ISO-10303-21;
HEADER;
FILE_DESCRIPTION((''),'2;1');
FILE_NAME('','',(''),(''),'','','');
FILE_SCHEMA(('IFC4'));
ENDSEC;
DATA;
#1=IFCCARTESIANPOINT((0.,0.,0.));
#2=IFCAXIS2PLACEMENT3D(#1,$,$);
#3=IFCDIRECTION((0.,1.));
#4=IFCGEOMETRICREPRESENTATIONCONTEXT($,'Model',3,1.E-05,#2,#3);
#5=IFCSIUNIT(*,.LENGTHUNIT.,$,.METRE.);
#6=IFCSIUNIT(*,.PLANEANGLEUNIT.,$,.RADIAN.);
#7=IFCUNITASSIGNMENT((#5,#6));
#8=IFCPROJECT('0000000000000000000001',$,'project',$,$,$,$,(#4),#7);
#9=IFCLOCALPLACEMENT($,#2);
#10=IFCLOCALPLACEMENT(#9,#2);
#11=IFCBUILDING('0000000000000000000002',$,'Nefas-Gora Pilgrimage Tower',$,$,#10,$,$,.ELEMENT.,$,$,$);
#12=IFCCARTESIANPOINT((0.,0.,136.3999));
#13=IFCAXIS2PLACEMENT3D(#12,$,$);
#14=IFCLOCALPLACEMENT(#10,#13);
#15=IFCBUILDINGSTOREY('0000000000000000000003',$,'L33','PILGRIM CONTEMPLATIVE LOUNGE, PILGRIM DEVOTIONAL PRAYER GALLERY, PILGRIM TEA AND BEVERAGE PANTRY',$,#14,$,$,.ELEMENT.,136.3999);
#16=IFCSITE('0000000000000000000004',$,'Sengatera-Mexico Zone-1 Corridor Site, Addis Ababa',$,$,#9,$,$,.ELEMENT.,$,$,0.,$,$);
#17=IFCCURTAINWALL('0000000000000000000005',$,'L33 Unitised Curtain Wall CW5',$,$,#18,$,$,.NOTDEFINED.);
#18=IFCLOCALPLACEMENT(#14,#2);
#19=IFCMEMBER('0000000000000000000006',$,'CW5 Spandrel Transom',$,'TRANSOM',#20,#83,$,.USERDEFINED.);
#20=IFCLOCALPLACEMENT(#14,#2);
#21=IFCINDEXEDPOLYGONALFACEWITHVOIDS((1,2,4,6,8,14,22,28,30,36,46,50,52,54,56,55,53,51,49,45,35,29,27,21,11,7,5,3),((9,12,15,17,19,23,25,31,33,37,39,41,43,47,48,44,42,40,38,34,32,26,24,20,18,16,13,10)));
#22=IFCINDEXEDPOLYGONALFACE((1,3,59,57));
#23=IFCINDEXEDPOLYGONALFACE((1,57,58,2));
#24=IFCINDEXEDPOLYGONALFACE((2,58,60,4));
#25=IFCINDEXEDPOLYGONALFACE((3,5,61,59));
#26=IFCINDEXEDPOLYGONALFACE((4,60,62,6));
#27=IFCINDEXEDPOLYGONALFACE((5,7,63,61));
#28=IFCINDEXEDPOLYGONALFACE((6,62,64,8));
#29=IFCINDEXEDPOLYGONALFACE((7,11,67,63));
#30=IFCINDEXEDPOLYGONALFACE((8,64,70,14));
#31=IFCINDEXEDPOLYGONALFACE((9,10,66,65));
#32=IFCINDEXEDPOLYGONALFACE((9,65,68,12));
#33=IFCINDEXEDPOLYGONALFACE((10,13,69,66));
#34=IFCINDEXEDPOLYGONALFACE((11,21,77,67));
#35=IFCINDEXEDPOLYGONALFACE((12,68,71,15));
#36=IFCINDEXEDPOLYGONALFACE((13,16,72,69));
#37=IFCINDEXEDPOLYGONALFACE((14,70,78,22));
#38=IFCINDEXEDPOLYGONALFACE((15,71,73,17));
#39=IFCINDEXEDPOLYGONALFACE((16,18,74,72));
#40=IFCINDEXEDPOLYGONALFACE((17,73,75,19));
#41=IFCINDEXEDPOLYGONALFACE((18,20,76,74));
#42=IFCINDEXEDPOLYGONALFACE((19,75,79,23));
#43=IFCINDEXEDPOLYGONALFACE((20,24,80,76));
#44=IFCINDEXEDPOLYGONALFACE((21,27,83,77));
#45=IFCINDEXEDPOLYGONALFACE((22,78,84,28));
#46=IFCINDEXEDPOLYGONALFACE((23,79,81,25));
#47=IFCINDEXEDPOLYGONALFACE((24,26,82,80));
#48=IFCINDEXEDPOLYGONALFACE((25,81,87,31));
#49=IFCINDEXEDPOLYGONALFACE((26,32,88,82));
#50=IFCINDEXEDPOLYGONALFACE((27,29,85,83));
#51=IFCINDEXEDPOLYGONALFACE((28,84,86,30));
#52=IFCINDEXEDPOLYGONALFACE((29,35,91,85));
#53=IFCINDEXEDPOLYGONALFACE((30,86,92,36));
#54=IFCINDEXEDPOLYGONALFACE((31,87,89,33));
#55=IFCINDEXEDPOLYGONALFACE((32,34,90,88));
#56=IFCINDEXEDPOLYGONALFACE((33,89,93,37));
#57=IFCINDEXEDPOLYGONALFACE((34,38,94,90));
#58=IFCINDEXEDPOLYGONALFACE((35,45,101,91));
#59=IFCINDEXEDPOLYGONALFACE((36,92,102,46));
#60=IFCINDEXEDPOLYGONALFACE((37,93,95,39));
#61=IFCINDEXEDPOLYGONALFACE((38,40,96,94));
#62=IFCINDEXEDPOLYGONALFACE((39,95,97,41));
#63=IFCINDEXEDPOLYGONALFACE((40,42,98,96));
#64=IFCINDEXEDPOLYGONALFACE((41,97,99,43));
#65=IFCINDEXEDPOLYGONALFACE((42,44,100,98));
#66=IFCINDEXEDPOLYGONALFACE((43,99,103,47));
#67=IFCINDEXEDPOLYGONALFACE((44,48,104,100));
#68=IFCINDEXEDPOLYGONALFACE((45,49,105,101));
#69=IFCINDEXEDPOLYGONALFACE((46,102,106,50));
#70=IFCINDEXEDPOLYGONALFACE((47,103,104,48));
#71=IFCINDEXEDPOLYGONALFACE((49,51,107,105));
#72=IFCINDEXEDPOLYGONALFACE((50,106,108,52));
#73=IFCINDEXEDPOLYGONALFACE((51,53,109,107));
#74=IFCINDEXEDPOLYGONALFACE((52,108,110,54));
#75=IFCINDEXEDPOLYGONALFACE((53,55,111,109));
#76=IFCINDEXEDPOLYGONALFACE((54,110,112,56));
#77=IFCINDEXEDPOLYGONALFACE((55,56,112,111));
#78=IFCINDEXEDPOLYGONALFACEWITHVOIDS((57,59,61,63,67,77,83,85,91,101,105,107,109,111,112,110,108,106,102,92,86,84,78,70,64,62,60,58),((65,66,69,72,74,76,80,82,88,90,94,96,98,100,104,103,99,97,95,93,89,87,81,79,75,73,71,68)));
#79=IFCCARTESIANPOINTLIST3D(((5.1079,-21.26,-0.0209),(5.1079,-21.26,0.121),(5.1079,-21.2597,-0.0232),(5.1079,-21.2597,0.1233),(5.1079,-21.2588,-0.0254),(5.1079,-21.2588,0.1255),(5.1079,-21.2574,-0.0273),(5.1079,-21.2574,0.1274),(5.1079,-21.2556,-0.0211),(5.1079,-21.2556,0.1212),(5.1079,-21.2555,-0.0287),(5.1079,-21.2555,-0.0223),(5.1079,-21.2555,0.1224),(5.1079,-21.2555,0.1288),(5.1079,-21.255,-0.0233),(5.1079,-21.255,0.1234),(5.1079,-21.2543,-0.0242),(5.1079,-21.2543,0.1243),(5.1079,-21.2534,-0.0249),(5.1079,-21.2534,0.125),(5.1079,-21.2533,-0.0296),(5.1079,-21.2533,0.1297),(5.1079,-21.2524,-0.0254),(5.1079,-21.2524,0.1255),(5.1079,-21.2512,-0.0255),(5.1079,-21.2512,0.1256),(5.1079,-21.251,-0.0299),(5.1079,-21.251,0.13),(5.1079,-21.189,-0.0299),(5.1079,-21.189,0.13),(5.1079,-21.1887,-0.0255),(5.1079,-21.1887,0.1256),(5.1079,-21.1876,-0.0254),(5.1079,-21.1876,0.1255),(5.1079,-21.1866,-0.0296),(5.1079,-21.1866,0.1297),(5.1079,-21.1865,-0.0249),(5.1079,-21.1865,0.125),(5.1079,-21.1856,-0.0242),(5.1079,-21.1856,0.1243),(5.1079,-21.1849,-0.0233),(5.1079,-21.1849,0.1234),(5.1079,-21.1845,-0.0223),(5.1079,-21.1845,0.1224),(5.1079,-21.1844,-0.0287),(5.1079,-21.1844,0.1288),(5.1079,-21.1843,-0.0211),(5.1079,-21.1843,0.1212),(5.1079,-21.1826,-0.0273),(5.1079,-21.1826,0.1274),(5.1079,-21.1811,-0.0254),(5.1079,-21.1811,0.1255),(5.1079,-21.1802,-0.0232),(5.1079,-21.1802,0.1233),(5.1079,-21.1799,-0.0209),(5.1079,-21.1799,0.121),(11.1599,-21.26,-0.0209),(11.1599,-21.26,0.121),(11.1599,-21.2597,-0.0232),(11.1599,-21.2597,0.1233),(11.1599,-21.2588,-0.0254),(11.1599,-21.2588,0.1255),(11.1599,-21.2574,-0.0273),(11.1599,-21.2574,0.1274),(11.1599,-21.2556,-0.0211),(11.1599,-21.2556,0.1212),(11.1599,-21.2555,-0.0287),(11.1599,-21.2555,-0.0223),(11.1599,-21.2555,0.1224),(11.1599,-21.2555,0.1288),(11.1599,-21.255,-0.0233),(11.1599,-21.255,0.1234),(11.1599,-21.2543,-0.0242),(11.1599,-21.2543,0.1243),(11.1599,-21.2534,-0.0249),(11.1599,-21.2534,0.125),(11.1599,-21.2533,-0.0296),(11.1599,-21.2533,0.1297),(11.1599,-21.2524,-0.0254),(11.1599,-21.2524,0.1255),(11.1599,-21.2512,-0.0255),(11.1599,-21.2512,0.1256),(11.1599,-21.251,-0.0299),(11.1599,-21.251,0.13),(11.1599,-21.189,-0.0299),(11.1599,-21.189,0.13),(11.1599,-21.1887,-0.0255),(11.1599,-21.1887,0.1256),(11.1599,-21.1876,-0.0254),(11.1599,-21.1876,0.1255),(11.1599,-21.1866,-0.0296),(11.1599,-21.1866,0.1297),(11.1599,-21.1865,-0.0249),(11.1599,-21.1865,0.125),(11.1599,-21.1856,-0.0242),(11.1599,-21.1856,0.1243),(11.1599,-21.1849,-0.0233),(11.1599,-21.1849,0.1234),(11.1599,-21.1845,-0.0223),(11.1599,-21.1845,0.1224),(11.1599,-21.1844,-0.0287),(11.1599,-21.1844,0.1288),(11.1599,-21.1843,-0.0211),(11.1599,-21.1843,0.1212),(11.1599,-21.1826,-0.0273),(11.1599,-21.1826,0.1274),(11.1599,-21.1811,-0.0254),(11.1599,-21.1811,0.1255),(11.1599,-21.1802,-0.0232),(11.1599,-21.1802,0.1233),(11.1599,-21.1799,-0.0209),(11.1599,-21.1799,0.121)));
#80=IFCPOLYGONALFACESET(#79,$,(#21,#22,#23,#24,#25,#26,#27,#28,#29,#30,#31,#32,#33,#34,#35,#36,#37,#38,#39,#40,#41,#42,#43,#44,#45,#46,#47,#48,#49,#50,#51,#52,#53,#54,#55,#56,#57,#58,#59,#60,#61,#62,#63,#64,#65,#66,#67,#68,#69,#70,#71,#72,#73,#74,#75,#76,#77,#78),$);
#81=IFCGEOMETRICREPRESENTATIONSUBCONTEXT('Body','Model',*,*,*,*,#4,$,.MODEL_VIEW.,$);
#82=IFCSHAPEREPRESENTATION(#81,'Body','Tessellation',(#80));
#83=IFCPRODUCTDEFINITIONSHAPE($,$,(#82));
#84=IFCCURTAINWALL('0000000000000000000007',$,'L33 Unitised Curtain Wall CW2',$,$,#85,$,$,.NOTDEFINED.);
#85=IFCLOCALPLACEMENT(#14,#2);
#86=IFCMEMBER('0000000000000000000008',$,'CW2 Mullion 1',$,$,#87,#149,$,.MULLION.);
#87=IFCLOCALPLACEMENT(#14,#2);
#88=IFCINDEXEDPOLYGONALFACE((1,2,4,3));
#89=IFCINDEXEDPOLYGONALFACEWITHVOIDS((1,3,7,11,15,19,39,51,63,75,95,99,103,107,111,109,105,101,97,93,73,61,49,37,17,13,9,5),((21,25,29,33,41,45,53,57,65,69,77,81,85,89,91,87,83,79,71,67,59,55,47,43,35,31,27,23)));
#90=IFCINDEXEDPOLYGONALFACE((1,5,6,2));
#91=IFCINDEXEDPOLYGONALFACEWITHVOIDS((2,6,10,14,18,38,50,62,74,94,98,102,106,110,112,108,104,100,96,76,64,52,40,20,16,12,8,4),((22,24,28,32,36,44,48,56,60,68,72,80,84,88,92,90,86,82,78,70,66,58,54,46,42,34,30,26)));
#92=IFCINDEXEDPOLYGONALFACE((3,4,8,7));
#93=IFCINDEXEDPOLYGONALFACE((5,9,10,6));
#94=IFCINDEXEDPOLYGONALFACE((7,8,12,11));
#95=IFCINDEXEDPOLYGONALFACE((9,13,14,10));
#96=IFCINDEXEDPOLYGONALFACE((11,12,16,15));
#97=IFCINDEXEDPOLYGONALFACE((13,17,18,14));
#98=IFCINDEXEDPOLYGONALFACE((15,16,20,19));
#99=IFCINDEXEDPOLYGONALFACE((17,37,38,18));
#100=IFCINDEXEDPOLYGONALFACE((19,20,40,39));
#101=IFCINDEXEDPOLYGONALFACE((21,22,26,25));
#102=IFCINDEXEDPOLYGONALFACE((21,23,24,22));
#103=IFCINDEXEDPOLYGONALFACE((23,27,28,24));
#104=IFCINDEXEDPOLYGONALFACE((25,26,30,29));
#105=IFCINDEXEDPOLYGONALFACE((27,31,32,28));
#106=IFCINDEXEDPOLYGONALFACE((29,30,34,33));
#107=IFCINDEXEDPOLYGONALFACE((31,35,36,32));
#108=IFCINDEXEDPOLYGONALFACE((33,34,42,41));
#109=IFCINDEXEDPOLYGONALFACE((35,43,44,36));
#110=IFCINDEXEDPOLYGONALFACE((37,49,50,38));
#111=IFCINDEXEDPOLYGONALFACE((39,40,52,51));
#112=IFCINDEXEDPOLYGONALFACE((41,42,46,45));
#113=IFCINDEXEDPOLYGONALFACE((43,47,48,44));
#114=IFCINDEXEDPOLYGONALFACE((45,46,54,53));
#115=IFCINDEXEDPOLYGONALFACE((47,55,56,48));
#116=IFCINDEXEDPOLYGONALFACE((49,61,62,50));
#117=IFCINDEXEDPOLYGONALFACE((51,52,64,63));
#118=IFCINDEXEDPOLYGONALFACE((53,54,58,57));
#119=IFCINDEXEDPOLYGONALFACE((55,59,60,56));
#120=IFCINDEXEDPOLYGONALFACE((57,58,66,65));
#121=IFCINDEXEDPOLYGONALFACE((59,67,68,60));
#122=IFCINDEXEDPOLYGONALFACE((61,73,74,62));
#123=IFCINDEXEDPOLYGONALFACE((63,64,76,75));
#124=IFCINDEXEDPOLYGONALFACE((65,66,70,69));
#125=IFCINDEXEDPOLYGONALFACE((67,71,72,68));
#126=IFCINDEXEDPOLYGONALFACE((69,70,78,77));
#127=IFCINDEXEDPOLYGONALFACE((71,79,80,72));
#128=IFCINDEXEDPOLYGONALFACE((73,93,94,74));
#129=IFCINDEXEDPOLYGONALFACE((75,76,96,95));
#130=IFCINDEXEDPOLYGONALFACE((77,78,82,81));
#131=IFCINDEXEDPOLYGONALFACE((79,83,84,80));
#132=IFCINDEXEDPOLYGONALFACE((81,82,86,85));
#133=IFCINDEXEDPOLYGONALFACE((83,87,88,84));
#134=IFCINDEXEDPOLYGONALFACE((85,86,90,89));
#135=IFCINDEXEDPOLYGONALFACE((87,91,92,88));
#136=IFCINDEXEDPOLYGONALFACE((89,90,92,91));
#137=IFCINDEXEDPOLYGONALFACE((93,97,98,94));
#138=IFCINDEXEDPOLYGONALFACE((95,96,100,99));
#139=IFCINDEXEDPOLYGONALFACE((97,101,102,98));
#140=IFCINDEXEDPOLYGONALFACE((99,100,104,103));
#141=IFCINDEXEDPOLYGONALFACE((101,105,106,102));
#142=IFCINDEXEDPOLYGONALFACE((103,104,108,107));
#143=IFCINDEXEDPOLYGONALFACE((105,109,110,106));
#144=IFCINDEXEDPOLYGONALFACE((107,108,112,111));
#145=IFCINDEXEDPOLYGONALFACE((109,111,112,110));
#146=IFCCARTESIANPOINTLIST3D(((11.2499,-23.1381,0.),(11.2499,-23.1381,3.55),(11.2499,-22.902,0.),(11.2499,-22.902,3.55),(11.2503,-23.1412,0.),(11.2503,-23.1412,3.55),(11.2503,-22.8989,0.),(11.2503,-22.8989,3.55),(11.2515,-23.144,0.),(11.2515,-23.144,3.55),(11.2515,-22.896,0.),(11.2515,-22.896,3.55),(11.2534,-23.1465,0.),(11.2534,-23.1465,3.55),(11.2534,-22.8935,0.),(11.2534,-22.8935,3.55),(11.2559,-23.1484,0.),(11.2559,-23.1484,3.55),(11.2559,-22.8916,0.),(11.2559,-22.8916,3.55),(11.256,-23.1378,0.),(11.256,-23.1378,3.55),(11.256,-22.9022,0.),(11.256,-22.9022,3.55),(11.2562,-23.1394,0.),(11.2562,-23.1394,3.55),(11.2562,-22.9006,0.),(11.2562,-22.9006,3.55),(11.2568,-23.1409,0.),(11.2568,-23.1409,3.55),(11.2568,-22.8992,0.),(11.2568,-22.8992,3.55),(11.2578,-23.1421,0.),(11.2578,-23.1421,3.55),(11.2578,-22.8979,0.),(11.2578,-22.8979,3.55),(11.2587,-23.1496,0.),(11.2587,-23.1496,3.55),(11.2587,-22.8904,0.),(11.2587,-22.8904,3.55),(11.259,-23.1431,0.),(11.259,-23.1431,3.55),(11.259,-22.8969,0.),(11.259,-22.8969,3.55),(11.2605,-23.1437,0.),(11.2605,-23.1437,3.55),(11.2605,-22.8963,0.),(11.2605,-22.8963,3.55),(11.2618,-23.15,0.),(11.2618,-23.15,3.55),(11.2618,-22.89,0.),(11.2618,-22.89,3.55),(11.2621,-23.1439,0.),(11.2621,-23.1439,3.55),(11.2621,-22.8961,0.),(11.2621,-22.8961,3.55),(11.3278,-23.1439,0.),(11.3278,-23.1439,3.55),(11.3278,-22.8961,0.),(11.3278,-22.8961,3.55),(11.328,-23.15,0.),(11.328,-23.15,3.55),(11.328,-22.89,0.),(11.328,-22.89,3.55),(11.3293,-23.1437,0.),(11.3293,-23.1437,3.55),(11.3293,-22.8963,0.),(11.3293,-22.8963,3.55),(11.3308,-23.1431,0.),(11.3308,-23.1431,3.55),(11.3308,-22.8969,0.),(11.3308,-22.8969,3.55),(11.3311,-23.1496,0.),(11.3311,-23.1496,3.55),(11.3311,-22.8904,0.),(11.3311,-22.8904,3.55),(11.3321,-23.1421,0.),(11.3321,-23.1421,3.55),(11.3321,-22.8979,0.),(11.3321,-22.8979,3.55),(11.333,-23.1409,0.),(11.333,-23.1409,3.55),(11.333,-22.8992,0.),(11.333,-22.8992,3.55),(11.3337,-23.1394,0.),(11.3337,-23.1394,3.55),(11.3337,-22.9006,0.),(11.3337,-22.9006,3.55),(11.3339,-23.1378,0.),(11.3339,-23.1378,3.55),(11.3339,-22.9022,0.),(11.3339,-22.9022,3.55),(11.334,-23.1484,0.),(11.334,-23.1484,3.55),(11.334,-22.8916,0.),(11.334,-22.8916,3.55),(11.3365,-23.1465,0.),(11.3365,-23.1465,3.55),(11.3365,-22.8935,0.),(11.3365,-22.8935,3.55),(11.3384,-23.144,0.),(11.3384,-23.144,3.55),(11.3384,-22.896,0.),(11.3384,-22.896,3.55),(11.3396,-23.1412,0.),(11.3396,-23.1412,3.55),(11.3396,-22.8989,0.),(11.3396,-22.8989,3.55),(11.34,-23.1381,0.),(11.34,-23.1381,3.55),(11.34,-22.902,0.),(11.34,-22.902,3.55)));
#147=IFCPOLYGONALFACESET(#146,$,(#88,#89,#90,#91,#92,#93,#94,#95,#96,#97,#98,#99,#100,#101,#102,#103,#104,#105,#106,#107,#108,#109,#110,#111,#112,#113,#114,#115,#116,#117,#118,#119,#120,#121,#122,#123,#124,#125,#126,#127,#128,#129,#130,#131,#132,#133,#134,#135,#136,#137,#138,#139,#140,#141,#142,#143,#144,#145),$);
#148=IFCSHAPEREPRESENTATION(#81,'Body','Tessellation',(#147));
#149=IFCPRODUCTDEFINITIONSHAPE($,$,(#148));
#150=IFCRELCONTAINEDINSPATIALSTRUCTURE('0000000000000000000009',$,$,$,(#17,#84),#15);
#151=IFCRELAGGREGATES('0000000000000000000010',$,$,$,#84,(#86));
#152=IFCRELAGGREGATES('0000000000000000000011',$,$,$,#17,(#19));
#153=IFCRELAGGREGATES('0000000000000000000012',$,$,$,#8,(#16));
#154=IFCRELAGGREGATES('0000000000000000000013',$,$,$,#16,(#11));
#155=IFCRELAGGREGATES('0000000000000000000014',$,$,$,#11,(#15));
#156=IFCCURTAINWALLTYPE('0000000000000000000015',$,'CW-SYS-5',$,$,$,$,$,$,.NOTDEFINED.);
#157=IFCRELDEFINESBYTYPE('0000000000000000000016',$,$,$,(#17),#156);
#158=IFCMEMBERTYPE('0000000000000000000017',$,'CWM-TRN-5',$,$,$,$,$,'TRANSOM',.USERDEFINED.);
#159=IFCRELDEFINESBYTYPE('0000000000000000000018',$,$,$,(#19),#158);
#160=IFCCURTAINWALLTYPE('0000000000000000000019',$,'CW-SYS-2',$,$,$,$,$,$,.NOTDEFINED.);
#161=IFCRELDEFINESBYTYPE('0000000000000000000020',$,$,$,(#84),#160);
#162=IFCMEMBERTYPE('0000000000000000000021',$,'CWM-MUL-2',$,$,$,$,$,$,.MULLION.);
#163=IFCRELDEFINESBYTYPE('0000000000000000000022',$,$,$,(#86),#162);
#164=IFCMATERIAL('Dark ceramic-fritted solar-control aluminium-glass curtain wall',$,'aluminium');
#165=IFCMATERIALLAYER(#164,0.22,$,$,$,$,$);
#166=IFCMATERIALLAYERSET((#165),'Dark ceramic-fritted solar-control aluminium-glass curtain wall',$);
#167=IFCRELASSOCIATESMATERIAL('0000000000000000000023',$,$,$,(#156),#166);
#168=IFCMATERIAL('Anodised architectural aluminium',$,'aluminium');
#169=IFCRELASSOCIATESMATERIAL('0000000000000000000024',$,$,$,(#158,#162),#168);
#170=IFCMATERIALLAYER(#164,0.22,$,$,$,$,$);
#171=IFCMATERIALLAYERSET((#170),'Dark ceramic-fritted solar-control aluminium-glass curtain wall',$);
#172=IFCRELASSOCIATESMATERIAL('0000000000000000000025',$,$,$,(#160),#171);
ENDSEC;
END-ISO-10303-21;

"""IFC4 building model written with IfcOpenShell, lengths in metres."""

from ifc_helpers import new_model, si_unit, direction, frame, origin, origin_2d, place, context, subcontext, project, spatial, hollow_rectangle, extrude, source, transform, mapped, material, layer, layer_set, material_profile, profile_set, type_object, element, aggregate, save


model = new_model("IFC4")

# Units and contexts
model_context = context("Model", 3, precision=1e-05, world=origin(), true_north=direction((0.0, 1.0)))
body_context = subcontext(model_context, "Body", "Model", "MODEL_VIEW")
ifc_project = project(units=[si_unit("LENGTHUNIT", "METRE"), si_unit("PLANEANGLEUNIT", "RADIAN")], contexts=[model_context])

# Site, building, storey
site_placement = place(None, origin())
site = spatial("IfcSite", under=ifc_project, at=site_placement, Name="Sengatera-Mexico Zone-1 Corridor Site, Addis Ababa", CompositionType="ELEMENT", RefElevation=0.0)
building_placement = place(site_placement, origin())
building = spatial("IfcBuilding", under=site, at=building_placement, Name="Nefas-Gora Pilgrimage Tower", CompositionType="ELEMENT")
storey_placement = place(building_placement, frame((0.0, 0.0, 136.3999)))
storey = spatial("IfcBuildingStorey", under=building, at=storey_placement, Name="L33", Description="PILGRIM CONTEMPLATIVE LOUNGE, PILGRIM DEVOTIONAL PRAYER GALLERY, PILGRIM TEA AND BEVERAGE PANTRY", CompositionType="ELEMENT", Elevation=136.3999)

# Curtain wall
ifc_material_1 = material(Name="Dark ceramic-fritted solar-control aluminium-glass curtain wall", Category="aluminium")
ifc_layer_1 = layer(ifc_material_1, 0.22)
ifc_layer_set_1 = layer_set([ifc_layer_1], Name="Dark ceramic-fritted solar-control aluminium-glass curtain wall")
curtain_wall_type_1 = type_object("IfcCurtainWallType", Name="CW-SYS-5", PredefinedType="NOTDEFINED", material=ifc_layer_set_1)
curtain_wall_1_placement = place(storey_placement, origin())
curtain_wall_1 = element("IfcCurtainWall", 1, at=curtain_wall_1_placement, inside=storey, type_object=curtain_wall_type_1, Name="L33 Unitised Curtain Wall CW5", PredefinedType="NOTDEFINED")
ifc_material_2 = material(Name="Anodised architectural aluminium", Category="aluminium")

# Member
ifc_material_profile_1 = material_profile(ifc_material_2, hollow_rectangle(XDim=0.0801, YDim=0.1599, WallThickness=0.0044, InnerFilletRadius=0.0044, OuterFilletRadius=0.009, at=origin_2d()), Name="ALU TRANSOM 80x160")
ifc_profile_set_1 = profile_set([ifc_material_profile_1], Name="Anodised architectural aluminium")
member_type_1 = type_object("IfcMemberType", Name="CWM-TRN-5", ElementType="TRANSOM", PredefinedType="USERDEFINED", material=ifc_profile_set_1)
shared_shape_1 = source(origin(), body_context, "Body", "SweptSolid", [
    extrude(hollow_rectangle(XDim=0.0801, YDim=0.1599, WallThickness=0.0044, InnerFilletRadius=0.0044, OuterFilletRadius=0.009, at=origin_2d()), origin(), (0.0, 0.0, 1.0), 6.052),
])
member_1_placement = place(storey_placement, frame((5.1079, -21.22, 0.05), z_axis=(1.0, 0.0, 0.0), x_axis=(0.0, 1.0, 0.0)))
member_1 = element("IfcMember", 2, at=member_1_placement, type_object=member_type_1, Name="CW5 Spandrel Transom", ObjectType="TRANSOM", PredefinedType="USERDEFINED", context=body_context, shape_type="MappedRepresentation", body=[
    mapped(shared_shape_1, transform((0.0, 0.0, 0.0), x_axis=(1.0, 0.0, 0.0), y_axis=(0.0, 1.0, 0.0), z_axis=(0.0, 0.0, 1.0), scale=1.0)),
])

# Curtain wall, member
ifc_layer_2 = layer(ifc_material_1, 0.22)
ifc_layer_set_2 = layer_set([ifc_layer_2], Name="Dark ceramic-fritted solar-control aluminium-glass curtain wall")
curtain_wall_type_2 = type_object("IfcCurtainWallType", Name="CW-SYS-2", PredefinedType="NOTDEFINED", material=ifc_layer_set_2)
curtain_wall_2_placement = place(storey_placement, origin())
curtain_wall_2 = element("IfcCurtainWall", 3, at=curtain_wall_2_placement, inside=storey, type_object=curtain_wall_type_2, Name="L33 Unitised Curtain Wall CW2", PredefinedType="NOTDEFINED")
ifc_material_profile_2 = material_profile(ifc_material_2, hollow_rectangle(XDim=0.0901, YDim=0.26, WallThickness=0.0061, InnerFilletRadius=0.0061, OuterFilletRadius=0.012, at=origin_2d()), Name="ALU MULLION 90x260")
ifc_profile_set_2 = profile_set([ifc_material_profile_2], Name="Anodised architectural aluminium")
member_type_2 = type_object("IfcMemberType", Name="CWM-MUL-2", PredefinedType="MULLION", material=ifc_profile_set_2)
shared_shape_2 = source(origin(), body_context, "Body", "SweptSolid", [
    extrude(hollow_rectangle(XDim=0.0901, YDim=0.26, WallThickness=0.0061, InnerFilletRadius=0.0061, OuterFilletRadius=0.012, at=origin_2d()), origin(), (0.0, 0.0, 1.0), 3.55),
])
member_2_placement = place(storey_placement, frame((11.2949, -23.02, 0.0), z_axis=(0.0, 0.0, 1.0), x_axis=(1.0, 0.0, 0.0)))
member_2 = element("IfcMember", 4, at=member_2_placement, type_object=member_type_2, Name="CW2 Mullion 1", PredefinedType="MULLION", context=body_context, shape_type="MappedRepresentation", body=[
    mapped(shared_shape_2, transform((0.0, 0.0, 0.0), x_axis=(1.0, 0.0, 0.0), y_axis=(0.0, 1.0, 0.0), z_axis=(0.0, 0.0, 1.0), scale=1.0)),
])
aggregate(curtain_wall_2, [member_2])

aggregate(curtain_wall_1, [member_1])

save(model, "model.ifc")
